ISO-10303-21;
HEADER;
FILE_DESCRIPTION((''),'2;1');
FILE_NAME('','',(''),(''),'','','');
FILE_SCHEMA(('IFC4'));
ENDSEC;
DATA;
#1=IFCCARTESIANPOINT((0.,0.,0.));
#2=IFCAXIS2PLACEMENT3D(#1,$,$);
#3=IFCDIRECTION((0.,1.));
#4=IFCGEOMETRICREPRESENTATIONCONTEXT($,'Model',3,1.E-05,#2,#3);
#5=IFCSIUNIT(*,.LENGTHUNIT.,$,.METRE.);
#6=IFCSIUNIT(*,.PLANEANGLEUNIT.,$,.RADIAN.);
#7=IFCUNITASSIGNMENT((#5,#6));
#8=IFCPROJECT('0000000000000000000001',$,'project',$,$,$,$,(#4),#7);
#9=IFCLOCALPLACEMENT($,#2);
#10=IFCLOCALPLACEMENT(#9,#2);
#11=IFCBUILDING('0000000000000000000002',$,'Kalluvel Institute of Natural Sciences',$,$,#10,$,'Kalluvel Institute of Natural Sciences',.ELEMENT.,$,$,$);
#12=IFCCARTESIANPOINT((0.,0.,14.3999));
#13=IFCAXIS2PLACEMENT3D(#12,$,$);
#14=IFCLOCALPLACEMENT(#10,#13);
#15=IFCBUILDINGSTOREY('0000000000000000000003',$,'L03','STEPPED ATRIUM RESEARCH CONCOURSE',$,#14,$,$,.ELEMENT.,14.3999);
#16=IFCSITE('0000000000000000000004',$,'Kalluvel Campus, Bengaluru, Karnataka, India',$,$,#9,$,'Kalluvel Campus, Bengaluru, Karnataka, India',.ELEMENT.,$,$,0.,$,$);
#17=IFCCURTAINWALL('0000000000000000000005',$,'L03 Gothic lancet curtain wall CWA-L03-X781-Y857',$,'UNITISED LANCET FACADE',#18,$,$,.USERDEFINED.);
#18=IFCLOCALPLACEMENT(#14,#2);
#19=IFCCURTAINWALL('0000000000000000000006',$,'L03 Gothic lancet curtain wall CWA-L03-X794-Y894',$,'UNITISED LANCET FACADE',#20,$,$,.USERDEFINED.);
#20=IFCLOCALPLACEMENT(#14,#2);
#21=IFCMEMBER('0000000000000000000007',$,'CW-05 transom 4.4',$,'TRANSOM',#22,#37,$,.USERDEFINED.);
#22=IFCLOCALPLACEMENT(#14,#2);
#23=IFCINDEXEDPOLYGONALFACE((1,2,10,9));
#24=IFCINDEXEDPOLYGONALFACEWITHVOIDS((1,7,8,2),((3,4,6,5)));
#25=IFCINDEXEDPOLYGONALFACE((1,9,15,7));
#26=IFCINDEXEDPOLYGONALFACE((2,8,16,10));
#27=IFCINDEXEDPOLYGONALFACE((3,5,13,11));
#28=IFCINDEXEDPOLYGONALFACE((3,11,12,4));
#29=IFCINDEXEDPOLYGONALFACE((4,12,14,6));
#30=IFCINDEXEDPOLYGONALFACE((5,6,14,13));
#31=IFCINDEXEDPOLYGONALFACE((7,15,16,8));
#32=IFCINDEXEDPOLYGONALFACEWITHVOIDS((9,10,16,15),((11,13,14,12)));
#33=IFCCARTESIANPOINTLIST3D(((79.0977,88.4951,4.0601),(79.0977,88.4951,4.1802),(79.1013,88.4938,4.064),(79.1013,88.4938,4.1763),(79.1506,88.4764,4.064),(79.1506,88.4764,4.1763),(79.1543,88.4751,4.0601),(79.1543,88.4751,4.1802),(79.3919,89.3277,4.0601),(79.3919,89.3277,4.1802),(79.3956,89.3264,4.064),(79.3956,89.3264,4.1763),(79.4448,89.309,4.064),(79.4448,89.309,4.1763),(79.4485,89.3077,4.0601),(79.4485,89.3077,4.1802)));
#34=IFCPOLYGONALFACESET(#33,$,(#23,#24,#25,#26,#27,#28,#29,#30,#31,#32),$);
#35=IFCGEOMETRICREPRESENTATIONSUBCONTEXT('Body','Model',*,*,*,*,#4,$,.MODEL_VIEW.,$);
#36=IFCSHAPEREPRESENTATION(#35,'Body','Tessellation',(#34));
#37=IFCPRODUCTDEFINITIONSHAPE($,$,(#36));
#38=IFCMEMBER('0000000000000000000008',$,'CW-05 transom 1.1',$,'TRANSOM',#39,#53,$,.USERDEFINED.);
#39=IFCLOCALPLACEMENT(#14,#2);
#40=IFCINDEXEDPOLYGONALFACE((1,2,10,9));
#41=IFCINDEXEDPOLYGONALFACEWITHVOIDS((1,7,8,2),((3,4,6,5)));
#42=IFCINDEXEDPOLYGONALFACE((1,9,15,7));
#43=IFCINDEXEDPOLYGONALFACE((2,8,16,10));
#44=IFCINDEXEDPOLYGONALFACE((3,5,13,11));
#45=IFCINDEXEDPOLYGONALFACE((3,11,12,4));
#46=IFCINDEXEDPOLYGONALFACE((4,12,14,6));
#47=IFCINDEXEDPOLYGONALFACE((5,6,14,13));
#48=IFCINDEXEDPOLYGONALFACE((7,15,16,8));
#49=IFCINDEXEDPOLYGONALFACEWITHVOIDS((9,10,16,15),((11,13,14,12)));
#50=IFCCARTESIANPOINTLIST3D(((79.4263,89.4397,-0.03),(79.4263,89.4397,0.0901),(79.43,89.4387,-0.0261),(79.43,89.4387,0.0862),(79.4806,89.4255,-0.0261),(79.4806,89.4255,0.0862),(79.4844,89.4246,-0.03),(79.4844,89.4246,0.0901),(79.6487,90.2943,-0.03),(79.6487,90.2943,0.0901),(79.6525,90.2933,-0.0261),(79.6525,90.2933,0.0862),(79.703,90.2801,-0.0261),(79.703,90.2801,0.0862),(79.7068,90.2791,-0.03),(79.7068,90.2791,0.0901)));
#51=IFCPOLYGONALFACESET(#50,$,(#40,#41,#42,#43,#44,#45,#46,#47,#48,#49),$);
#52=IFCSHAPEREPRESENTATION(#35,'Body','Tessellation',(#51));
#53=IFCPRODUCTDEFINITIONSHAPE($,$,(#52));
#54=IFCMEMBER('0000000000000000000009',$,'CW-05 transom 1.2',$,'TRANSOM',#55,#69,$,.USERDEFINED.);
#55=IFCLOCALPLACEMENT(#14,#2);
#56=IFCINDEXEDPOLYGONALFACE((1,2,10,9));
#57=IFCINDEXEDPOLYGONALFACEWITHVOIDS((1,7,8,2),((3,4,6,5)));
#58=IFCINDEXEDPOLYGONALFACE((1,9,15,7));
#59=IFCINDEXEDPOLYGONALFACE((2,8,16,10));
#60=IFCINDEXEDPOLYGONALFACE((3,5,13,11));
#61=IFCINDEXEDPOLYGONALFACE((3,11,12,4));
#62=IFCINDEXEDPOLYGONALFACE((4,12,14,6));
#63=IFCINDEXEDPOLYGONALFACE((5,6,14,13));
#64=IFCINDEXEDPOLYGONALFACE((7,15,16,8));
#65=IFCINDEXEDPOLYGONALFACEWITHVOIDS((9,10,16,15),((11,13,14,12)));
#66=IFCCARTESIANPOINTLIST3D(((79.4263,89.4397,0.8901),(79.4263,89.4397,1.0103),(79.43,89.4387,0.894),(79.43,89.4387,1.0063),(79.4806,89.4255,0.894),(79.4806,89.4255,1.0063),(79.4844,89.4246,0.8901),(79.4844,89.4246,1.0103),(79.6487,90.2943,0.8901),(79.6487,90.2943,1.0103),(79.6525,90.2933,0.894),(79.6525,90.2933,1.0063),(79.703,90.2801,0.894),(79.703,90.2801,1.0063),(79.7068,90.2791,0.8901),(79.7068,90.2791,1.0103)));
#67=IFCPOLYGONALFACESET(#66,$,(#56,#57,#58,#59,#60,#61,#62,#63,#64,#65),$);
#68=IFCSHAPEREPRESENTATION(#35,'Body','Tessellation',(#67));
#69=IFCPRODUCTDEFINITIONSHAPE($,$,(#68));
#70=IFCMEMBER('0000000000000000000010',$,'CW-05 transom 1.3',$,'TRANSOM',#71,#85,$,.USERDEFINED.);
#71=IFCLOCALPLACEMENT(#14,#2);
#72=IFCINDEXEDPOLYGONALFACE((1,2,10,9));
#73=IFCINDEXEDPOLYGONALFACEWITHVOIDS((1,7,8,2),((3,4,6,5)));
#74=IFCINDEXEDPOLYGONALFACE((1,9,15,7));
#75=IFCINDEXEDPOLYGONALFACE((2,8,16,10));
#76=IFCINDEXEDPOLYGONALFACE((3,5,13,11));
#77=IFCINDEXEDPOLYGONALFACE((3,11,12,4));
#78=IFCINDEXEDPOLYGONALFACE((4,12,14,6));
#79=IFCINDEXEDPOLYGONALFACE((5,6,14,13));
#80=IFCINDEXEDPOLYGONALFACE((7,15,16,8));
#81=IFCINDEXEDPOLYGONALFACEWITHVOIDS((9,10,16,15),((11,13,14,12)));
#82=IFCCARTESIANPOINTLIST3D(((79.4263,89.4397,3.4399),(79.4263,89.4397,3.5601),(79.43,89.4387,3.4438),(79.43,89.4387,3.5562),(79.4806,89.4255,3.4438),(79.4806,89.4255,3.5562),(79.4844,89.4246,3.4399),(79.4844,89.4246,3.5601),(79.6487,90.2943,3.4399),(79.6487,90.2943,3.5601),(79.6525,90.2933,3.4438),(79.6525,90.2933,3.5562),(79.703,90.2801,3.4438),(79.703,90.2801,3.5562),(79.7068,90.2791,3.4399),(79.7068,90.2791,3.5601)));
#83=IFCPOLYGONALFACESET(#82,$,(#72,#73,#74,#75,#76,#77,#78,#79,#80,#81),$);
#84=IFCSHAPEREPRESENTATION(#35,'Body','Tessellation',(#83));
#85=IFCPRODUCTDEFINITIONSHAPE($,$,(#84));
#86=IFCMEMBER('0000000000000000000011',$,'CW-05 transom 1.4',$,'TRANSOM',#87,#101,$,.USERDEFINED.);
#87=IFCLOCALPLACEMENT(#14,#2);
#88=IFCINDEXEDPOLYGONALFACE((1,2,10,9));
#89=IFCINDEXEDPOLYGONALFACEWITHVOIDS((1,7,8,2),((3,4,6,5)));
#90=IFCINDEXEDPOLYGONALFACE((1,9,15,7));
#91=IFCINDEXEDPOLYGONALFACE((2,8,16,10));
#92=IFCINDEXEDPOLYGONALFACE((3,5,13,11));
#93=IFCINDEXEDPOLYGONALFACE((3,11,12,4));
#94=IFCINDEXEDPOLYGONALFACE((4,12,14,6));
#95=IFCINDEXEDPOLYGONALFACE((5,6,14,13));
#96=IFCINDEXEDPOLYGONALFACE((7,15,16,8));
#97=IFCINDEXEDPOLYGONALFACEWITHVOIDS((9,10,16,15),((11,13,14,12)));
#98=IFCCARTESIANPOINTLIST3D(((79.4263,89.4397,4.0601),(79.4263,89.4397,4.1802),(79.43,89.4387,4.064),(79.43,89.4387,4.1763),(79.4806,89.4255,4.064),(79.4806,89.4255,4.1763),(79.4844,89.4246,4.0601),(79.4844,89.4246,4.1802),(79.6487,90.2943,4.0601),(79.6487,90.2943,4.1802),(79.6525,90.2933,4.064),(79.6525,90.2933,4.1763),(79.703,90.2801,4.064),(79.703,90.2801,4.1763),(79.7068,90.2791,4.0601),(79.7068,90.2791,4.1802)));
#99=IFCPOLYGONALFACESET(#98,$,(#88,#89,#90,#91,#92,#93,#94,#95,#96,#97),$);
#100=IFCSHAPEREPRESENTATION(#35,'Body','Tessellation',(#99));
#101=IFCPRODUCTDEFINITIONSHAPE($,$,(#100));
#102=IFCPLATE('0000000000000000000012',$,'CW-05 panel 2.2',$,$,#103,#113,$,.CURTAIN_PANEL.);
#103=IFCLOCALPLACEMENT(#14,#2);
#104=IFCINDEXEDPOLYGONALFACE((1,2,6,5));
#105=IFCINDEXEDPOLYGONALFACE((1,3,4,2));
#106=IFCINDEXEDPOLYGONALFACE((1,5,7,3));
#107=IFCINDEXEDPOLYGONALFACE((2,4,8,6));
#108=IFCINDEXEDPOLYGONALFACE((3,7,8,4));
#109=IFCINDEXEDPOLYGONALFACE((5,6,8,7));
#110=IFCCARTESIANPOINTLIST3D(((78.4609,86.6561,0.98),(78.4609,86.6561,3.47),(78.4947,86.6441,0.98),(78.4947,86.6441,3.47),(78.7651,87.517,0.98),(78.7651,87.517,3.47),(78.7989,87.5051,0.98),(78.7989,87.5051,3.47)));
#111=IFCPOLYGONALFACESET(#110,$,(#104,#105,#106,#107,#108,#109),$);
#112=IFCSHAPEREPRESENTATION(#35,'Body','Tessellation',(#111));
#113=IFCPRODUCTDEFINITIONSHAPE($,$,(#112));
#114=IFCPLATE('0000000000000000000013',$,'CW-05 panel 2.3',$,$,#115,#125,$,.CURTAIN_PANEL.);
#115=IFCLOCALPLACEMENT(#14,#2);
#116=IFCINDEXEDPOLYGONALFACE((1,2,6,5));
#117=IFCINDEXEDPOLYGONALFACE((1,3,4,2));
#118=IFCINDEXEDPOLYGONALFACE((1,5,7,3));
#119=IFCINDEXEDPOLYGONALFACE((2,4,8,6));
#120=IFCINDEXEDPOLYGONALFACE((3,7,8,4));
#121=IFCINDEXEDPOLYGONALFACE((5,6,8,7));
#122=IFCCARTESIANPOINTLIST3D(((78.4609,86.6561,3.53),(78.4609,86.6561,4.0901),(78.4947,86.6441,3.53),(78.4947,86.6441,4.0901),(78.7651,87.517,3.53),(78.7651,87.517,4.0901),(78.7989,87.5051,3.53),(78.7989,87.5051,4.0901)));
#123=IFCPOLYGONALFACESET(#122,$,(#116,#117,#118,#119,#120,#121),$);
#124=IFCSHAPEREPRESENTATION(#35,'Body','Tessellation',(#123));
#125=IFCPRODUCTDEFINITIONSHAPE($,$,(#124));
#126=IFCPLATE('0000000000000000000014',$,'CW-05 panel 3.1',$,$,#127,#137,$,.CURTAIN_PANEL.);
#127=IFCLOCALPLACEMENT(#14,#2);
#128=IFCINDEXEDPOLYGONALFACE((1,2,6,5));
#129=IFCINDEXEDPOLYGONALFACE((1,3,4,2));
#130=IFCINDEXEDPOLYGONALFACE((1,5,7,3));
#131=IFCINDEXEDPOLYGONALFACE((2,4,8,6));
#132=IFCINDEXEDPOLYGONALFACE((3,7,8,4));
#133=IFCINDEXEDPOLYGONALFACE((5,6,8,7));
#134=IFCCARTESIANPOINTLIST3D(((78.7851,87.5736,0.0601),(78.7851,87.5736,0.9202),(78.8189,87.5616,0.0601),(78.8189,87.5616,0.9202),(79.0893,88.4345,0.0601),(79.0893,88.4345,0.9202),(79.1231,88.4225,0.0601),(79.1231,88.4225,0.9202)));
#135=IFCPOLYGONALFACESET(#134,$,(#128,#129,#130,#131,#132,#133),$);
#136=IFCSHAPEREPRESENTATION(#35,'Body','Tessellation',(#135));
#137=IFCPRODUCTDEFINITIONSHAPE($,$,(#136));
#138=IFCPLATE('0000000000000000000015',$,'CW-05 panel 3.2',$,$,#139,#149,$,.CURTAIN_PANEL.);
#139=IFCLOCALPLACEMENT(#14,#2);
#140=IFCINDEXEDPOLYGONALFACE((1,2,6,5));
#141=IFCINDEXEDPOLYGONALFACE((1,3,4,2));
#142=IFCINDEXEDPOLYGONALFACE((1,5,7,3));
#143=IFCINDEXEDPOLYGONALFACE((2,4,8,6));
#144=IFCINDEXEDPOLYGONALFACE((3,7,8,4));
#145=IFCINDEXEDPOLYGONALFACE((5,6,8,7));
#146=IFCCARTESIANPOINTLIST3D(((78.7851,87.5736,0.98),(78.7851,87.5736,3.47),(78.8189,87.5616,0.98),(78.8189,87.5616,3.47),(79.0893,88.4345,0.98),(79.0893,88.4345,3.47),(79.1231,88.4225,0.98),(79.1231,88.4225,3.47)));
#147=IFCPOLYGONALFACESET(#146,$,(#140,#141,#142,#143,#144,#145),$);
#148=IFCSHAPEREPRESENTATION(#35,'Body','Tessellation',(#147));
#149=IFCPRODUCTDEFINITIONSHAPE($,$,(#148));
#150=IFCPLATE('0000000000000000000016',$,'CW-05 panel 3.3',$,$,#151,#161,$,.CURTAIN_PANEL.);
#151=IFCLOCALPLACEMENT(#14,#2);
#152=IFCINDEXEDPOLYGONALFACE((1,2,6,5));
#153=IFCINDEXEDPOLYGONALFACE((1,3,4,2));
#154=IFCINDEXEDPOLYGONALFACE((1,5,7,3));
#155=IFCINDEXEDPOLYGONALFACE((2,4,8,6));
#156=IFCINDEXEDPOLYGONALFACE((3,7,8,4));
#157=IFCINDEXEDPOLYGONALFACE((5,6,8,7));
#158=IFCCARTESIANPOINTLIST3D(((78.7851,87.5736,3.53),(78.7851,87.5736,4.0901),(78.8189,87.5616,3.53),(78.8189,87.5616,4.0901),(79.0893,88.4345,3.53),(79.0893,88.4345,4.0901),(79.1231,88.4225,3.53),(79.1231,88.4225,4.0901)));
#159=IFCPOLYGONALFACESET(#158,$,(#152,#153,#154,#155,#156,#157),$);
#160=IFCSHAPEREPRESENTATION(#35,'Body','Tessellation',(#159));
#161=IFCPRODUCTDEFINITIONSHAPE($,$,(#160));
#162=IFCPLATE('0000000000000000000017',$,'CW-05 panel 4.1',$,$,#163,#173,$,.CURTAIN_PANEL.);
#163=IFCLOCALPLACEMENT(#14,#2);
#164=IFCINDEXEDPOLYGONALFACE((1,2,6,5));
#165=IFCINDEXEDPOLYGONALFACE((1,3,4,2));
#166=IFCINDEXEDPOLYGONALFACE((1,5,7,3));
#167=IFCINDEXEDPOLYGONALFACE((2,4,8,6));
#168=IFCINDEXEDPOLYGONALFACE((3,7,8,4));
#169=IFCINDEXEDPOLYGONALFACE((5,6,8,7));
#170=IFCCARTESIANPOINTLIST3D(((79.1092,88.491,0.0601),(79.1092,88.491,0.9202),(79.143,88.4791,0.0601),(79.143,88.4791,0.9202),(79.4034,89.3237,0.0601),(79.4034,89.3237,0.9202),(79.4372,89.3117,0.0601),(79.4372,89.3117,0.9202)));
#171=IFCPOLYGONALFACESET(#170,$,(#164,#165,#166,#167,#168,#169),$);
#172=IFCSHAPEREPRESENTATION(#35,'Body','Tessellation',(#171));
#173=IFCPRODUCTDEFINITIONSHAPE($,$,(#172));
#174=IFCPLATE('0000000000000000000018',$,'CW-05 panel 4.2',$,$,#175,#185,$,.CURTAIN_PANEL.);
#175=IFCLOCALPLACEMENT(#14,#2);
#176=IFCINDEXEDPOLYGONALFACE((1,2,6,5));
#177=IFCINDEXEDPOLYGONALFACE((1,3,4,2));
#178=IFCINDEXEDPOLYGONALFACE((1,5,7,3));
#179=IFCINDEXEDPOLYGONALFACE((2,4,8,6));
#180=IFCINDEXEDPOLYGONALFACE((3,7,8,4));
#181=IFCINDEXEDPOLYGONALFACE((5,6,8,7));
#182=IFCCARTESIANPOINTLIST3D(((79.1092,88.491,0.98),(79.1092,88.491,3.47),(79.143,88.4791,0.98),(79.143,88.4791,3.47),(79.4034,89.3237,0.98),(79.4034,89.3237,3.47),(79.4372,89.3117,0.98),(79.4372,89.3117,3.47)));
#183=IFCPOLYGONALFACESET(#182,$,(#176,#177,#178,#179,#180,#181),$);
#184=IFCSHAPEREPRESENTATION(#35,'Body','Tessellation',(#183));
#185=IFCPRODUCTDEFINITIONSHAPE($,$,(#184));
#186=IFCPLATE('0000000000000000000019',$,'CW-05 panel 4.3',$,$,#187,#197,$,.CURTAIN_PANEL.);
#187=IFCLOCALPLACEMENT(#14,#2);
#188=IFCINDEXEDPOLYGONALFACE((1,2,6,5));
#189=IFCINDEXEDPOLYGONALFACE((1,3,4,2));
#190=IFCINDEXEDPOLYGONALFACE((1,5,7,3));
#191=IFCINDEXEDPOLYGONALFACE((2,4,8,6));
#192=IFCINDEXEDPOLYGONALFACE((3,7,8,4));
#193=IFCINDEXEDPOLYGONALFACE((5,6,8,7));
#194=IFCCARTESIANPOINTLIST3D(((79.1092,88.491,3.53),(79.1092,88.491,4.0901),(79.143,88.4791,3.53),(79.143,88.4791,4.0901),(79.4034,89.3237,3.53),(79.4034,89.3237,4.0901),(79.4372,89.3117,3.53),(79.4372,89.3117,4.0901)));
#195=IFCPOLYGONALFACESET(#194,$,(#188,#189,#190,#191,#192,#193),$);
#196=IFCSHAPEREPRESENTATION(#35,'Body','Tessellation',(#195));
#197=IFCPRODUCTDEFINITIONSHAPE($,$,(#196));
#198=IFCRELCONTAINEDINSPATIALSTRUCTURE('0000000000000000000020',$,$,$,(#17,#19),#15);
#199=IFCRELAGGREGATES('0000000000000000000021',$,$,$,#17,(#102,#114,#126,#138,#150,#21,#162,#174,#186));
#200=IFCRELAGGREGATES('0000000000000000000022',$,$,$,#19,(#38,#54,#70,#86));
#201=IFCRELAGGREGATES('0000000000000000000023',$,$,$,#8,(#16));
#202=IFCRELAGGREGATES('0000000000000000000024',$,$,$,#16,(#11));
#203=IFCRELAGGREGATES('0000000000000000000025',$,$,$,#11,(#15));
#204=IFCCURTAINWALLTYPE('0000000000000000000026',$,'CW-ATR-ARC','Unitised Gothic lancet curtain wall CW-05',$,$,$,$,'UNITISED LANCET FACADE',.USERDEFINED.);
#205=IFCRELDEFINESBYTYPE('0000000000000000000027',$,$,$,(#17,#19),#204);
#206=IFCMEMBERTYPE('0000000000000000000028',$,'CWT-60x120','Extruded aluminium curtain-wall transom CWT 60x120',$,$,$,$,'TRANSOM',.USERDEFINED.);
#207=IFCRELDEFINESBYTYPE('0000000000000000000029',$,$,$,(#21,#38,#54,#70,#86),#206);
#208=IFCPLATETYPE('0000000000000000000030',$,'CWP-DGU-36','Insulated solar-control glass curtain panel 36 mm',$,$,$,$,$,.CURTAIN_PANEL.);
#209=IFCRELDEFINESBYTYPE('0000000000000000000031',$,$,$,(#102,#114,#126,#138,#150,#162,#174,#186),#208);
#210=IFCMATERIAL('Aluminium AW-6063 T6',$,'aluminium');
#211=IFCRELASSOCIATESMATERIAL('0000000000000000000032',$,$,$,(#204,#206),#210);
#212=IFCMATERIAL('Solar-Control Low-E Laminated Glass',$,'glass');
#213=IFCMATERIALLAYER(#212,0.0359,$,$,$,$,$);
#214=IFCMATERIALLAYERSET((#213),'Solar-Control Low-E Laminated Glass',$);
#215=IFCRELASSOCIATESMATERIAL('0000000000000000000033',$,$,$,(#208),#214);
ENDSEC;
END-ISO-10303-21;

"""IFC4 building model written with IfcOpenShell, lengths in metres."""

from ifc_helpers import new_model, si_unit, direction, frame, origin, origin_2d, place, context, subcontext, project, spatial, rectangle, hollow_rectangle, extrude, material, layer, layer_set, material_profile, profile_set, type_object, element, aggregate, save


model = new_model("IFC4")

# Units and contexts
model_context = context("Model", 3, precision=1e-05, world=origin(), true_north=direction((0.0, 1.0)))
body_context = subcontext(model_context, "Body", "Model", "MODEL_VIEW")
ifc_project = project(units=[si_unit("LENGTHUNIT", "METRE"), si_unit("PLANEANGLEUNIT", "RADIAN")], contexts=[model_context])

# Site, building, storey
site_placement = place(None, origin())
site = spatial("IfcSite", under=ifc_project, at=site_placement, Name="Kalluvel Campus, Bengaluru, Karnataka, India", LongName="Kalluvel Campus, Bengaluru, Karnataka, India", CompositionType="ELEMENT", RefElevation=0.0)
building_placement = place(site_placement, origin())
building = spatial("IfcBuilding", under=site, at=building_placement, Name="Kalluvel Institute of Natural Sciences", LongName="Kalluvel Institute of Natural Sciences", CompositionType="ELEMENT")
storey_placement = place(building_placement, frame((0.0, 0.0, 14.3999)))
storey = spatial("IfcBuildingStorey", under=building, at=storey_placement, Name="L03", Description="STEPPED ATRIUM RESEARCH CONCOURSE", CompositionType="ELEMENT", Elevation=14.3999)

# Curtain wall
ifc_material_1 = material(Name="Aluminium AW-6063 T6", Category="aluminium")
curtain_wall_type = type_object("IfcCurtainWallType", Name="CW-ATR-ARC", Description="Unitised Gothic lancet curtain wall CW-05", ElementType="UNITISED LANCET FACADE", PredefinedType="USERDEFINED", material=ifc_material_1)
curtain_wall_1_placement = place(storey_placement, origin())
curtain_wall_1 = element("IfcCurtainWall", 1, at=curtain_wall_1_placement, inside=storey, type_object=curtain_wall_type, Name="L03 Gothic lancet curtain wall CWA-L03-X781-Y857", ObjectType="UNITISED LANCET FACADE", PredefinedType="USERDEFINED")

# Curtain wall
curtain_wall_2_placement = place(storey_placement, origin())
curtain_wall_2 = element("IfcCurtainWall", 2, at=curtain_wall_2_placement, inside=storey, type_object=curtain_wall_type, Name="L03 Gothic lancet curtain wall CWA-L03-X794-Y894", ObjectType="UNITISED LANCET FACADE", PredefinedType="USERDEFINED")

# Members
ifc_material_profile_1 = material_profile(ifc_material_1, hollow_rectangle(XDim=0.0601, YDim=0.1201, WallThickness=0.0039, at=origin_2d()), Name="CWT 60x120")
ifc_profile_set_1 = profile_set([ifc_material_profile_1], Name="Aluminium AW-6063 T6")
member_type_1 = type_object("IfcMemberType", Name="CWT-60x120", Description="Extruded aluminium curtain-wall transom CWT 60x120", ElementType="TRANSOM", PredefinedType="USERDEFINED", material=ifc_profile_set_1)
member_1_placement = place(storey_placement, frame((79.126, 88.4851, 4.1201), z_axis=(0.333182, 0.942863, 0.0), x_axis=(-0.942863, 0.333182, 0.0)))
member_1 = element("IfcMember", 3, at=member_1_placement, type_object=member_type_1, Name="CW-05 transom 4.4", ObjectType="TRANSOM", PredefinedType="USERDEFINED", context=body_context, shape_type="SweptSolid", body=[
    extrude(hollow_rectangle(XDim=0.0601, YDim=0.1201, WallThickness=0.0039, at=origin_2d()), origin(), (0.0, 0.0, 1.0), 0.8831),
])
member_2_placement = place(storey_placement, frame((79.4553, 89.4321, 0.03), z_axis=(0.251893, 0.967755, 0.0), x_axis=(-0.967755, 0.251893, 0.0)))
member_2 = element("IfcMember", 4, at=member_2_placement, type_object=member_type_1, Name="CW-05 transom 1.1", ObjectType="TRANSOM", PredefinedType="USERDEFINED", context=body_context, shape_type="SweptSolid", body=[
    extrude(hollow_rectangle(XDim=0.0601, YDim=0.1201, WallThickness=0.0039, at=origin_2d()), origin(), (0.0, 0.0, 1.0), 0.8831),
])
member_3_placement = place(storey_placement, frame((79.4553, 89.4321, 0.9502), z_axis=(0.251893, 0.967755, 0.0), x_axis=(-0.967755, 0.251893, 0.0)))
member_3 = element("IfcMember", 5, at=member_3_placement, type_object=member_type_1, Name="CW-05 transom 1.2", ObjectType="TRANSOM", PredefinedType="USERDEFINED", context=body_context, shape_type="SweptSolid", body=[
    extrude(hollow_rectangle(XDim=0.0601, YDim=0.1201, WallThickness=0.0039, at=origin_2d()), origin(), (0.0, 0.0, 1.0), 0.8831),
])
member_4_placement = place(storey_placement, frame((79.4553, 89.4321, 3.5), z_axis=(0.251893, 0.967755, 0.0), x_axis=(-0.967755, 0.251893, 0.0)))
member_4 = element("IfcMember", 6, at=member_4_placement, type_object=member_type_1, Name="CW-05 transom 1.3", ObjectType="TRANSOM", PredefinedType="USERDEFINED", context=body_context, shape_type="SweptSolid", body=[
    extrude(hollow_rectangle(XDim=0.0601, YDim=0.1201, WallThickness=0.0039, at=origin_2d()), origin(), (0.0, 0.0, 1.0), 0.8831),
])
member_5_placement = place(storey_placement, frame((79.4553, 89.4321, 4.1201), z_axis=(0.251893, 0.967755, 0.0), x_axis=(-0.967755, 0.251893, 0.0)))
member_5 = element("IfcMember", 7, at=member_5_placement, type_object=member_type_1, Name="CW-05 transom 1.4", ObjectType="TRANSOM", PredefinedType="USERDEFINED", context=body_context, shape_type="SweptSolid", body=[
    extrude(hollow_rectangle(XDim=0.0601, YDim=0.1201, WallThickness=0.0039, at=origin_2d()), origin(), (0.0, 0.0, 1.0), 0.8831),
])

# Plates
ifc_material_2 = material(Name="Solar-Control Low-E Laminated Glass", Category="glass")
ifc_layer = layer(ifc_material_2, 0.0359)
ifc_layer_set = layer_set([ifc_layer], Name="Solar-Control Low-E Laminated Glass")
plate_type = type_object("IfcPlateType", Name="CWP-DGU-36", Description="Insulated solar-control glass curtain panel 36 mm", PredefinedType="CURTAIN_PANEL", material=ifc_layer_set)
plate_1_placement = place(storey_placement, frame((78.6299, 87.0806, 0.98), z_axis=(0.0, 0.0, 1.0), x_axis=(0.333128, 0.942882, 0.0)))
plate_1 = element("IfcPlate", 8, at=plate_1_placement, type_object=plate_type, Name="CW-05 panel 2.2", PredefinedType="CURTAIN_PANEL", context=body_context, shape_type="SweptSolid", body=[
    extrude(rectangle(XDim=0.9131, YDim=0.0359, at=origin_2d()), origin(), (0.0, 0.0, 1.0), 2.49),
])
plate_2_placement = place(storey_placement, frame((78.6299, 87.0806, 3.53), z_axis=(0.0, 0.0, 1.0), x_axis=(0.333128, 0.942882, 0.0)))
plate_2 = element("IfcPlate", 9, at=plate_2_placement, type_object=plate_type, Name="CW-05 panel 2.3", PredefinedType="CURTAIN_PANEL", context=body_context, shape_type="SweptSolid", body=[
    extrude(rectangle(XDim=0.9131, YDim=0.0359, at=origin_2d()), origin(), (0.0, 0.0, 1.0), 0.5601),
])
plate_3_placement = place(storey_placement, frame((78.9541, 87.998, 0.0601), z_axis=(0.0, 0.0, 1.0), x_axis=(0.333128, 0.942882, 0.0)))
plate_3 = element("IfcPlate", 10, at=plate_3_placement, type_object=plate_type, Name="CW-05 panel 3.1", PredefinedType="CURTAIN_PANEL", context=body_context, shape_type="SweptSolid", body=[
    extrude(rectangle(XDim=0.9131, YDim=0.0359, at=origin_2d()), origin(), (0.0, 0.0, 1.0), 0.8601),
])
plate_4_placement = place(storey_placement, frame((78.9541, 87.998, 0.98), z_axis=(0.0, 0.0, 1.0), x_axis=(0.333128, 0.942882, 0.0)))
plate_4 = element("IfcPlate", 11, at=plate_4_placement, type_object=plate_type, Name="CW-05 panel 3.2", PredefinedType="CURTAIN_PANEL", context=body_context, shape_type="SweptSolid", body=[
    extrude(rectangle(XDim=0.9131, YDim=0.0359, at=origin_2d()), origin(), (0.0, 0.0, 1.0), 2.49),
])
plate_5_placement = place(storey_placement, frame((78.9541, 87.998, 3.53), z_axis=(0.0, 0.0, 1.0), x_axis=(0.333128, 0.942882, 0.0)))
plate_5 = element("IfcPlate", 12, at=plate_5_placement, type_object=plate_type, Name="CW-05 panel 3.3", PredefinedType="CURTAIN_PANEL", context=body_context, shape_type="SweptSolid", body=[
    extrude(rectangle(XDim=0.9131, YDim=0.0359, at=origin_2d()), origin(), (0.0, 0.0, 1.0), 0.5601),
])
plate_6_placement = place(storey_placement, frame((79.2732, 88.9014, 0.0601), z_axis=(0.0, 0.0, 1.0), x_axis=(0.333128, 0.942882, 0.0)))
plate_6 = element("IfcPlate", 13, at=plate_6_placement, type_object=plate_type, Name="CW-05 panel 4.1", PredefinedType="CURTAIN_PANEL", context=body_context, shape_type="SweptSolid", body=[
    extrude(rectangle(XDim=0.8831, YDim=0.0359, at=origin_2d()), origin(), (0.0, 0.0, 1.0), 0.8601),
])
plate_7_placement = place(storey_placement, frame((79.2732, 88.9014, 0.98), z_axis=(0.0, 0.0, 1.0), x_axis=(0.333128, 0.942882, 0.0)))
plate_7 = element("IfcPlate", 14, at=plate_7_placement, type_object=plate_type, Name="CW-05 panel 4.2", PredefinedType="CURTAIN_PANEL", context=body_context, shape_type="SweptSolid", body=[
    extrude(rectangle(XDim=0.8831, YDim=0.0359, at=origin_2d()), origin(), (0.0, 0.0, 1.0), 2.49),
])
plate_8_placement = place(storey_placement, frame((79.2732, 88.9014, 3.53), z_axis=(0.0, 0.0, 1.0), x_axis=(0.333128, 0.942882, 0.0)))
plate_8 = element("IfcPlate", 15, at=plate_8_placement, type_object=plate_type, Name="CW-05 panel 4.3", PredefinedType="CURTAIN_PANEL", context=body_context, shape_type="SweptSolid", body=[
    extrude(rectangle(XDim=0.8831, YDim=0.0359, at=origin_2d()), origin(), (0.0, 0.0, 1.0), 0.5601),
])
aggregate(curtain_wall_1, [plate_1, plate_2, plate_3, plate_4, plate_5, member_1, plate_6, plate_7, plate_8])
aggregate(curtain_wall_2, [member_2, member_3, member_4, member_5])

save(model, "model.ifc")
